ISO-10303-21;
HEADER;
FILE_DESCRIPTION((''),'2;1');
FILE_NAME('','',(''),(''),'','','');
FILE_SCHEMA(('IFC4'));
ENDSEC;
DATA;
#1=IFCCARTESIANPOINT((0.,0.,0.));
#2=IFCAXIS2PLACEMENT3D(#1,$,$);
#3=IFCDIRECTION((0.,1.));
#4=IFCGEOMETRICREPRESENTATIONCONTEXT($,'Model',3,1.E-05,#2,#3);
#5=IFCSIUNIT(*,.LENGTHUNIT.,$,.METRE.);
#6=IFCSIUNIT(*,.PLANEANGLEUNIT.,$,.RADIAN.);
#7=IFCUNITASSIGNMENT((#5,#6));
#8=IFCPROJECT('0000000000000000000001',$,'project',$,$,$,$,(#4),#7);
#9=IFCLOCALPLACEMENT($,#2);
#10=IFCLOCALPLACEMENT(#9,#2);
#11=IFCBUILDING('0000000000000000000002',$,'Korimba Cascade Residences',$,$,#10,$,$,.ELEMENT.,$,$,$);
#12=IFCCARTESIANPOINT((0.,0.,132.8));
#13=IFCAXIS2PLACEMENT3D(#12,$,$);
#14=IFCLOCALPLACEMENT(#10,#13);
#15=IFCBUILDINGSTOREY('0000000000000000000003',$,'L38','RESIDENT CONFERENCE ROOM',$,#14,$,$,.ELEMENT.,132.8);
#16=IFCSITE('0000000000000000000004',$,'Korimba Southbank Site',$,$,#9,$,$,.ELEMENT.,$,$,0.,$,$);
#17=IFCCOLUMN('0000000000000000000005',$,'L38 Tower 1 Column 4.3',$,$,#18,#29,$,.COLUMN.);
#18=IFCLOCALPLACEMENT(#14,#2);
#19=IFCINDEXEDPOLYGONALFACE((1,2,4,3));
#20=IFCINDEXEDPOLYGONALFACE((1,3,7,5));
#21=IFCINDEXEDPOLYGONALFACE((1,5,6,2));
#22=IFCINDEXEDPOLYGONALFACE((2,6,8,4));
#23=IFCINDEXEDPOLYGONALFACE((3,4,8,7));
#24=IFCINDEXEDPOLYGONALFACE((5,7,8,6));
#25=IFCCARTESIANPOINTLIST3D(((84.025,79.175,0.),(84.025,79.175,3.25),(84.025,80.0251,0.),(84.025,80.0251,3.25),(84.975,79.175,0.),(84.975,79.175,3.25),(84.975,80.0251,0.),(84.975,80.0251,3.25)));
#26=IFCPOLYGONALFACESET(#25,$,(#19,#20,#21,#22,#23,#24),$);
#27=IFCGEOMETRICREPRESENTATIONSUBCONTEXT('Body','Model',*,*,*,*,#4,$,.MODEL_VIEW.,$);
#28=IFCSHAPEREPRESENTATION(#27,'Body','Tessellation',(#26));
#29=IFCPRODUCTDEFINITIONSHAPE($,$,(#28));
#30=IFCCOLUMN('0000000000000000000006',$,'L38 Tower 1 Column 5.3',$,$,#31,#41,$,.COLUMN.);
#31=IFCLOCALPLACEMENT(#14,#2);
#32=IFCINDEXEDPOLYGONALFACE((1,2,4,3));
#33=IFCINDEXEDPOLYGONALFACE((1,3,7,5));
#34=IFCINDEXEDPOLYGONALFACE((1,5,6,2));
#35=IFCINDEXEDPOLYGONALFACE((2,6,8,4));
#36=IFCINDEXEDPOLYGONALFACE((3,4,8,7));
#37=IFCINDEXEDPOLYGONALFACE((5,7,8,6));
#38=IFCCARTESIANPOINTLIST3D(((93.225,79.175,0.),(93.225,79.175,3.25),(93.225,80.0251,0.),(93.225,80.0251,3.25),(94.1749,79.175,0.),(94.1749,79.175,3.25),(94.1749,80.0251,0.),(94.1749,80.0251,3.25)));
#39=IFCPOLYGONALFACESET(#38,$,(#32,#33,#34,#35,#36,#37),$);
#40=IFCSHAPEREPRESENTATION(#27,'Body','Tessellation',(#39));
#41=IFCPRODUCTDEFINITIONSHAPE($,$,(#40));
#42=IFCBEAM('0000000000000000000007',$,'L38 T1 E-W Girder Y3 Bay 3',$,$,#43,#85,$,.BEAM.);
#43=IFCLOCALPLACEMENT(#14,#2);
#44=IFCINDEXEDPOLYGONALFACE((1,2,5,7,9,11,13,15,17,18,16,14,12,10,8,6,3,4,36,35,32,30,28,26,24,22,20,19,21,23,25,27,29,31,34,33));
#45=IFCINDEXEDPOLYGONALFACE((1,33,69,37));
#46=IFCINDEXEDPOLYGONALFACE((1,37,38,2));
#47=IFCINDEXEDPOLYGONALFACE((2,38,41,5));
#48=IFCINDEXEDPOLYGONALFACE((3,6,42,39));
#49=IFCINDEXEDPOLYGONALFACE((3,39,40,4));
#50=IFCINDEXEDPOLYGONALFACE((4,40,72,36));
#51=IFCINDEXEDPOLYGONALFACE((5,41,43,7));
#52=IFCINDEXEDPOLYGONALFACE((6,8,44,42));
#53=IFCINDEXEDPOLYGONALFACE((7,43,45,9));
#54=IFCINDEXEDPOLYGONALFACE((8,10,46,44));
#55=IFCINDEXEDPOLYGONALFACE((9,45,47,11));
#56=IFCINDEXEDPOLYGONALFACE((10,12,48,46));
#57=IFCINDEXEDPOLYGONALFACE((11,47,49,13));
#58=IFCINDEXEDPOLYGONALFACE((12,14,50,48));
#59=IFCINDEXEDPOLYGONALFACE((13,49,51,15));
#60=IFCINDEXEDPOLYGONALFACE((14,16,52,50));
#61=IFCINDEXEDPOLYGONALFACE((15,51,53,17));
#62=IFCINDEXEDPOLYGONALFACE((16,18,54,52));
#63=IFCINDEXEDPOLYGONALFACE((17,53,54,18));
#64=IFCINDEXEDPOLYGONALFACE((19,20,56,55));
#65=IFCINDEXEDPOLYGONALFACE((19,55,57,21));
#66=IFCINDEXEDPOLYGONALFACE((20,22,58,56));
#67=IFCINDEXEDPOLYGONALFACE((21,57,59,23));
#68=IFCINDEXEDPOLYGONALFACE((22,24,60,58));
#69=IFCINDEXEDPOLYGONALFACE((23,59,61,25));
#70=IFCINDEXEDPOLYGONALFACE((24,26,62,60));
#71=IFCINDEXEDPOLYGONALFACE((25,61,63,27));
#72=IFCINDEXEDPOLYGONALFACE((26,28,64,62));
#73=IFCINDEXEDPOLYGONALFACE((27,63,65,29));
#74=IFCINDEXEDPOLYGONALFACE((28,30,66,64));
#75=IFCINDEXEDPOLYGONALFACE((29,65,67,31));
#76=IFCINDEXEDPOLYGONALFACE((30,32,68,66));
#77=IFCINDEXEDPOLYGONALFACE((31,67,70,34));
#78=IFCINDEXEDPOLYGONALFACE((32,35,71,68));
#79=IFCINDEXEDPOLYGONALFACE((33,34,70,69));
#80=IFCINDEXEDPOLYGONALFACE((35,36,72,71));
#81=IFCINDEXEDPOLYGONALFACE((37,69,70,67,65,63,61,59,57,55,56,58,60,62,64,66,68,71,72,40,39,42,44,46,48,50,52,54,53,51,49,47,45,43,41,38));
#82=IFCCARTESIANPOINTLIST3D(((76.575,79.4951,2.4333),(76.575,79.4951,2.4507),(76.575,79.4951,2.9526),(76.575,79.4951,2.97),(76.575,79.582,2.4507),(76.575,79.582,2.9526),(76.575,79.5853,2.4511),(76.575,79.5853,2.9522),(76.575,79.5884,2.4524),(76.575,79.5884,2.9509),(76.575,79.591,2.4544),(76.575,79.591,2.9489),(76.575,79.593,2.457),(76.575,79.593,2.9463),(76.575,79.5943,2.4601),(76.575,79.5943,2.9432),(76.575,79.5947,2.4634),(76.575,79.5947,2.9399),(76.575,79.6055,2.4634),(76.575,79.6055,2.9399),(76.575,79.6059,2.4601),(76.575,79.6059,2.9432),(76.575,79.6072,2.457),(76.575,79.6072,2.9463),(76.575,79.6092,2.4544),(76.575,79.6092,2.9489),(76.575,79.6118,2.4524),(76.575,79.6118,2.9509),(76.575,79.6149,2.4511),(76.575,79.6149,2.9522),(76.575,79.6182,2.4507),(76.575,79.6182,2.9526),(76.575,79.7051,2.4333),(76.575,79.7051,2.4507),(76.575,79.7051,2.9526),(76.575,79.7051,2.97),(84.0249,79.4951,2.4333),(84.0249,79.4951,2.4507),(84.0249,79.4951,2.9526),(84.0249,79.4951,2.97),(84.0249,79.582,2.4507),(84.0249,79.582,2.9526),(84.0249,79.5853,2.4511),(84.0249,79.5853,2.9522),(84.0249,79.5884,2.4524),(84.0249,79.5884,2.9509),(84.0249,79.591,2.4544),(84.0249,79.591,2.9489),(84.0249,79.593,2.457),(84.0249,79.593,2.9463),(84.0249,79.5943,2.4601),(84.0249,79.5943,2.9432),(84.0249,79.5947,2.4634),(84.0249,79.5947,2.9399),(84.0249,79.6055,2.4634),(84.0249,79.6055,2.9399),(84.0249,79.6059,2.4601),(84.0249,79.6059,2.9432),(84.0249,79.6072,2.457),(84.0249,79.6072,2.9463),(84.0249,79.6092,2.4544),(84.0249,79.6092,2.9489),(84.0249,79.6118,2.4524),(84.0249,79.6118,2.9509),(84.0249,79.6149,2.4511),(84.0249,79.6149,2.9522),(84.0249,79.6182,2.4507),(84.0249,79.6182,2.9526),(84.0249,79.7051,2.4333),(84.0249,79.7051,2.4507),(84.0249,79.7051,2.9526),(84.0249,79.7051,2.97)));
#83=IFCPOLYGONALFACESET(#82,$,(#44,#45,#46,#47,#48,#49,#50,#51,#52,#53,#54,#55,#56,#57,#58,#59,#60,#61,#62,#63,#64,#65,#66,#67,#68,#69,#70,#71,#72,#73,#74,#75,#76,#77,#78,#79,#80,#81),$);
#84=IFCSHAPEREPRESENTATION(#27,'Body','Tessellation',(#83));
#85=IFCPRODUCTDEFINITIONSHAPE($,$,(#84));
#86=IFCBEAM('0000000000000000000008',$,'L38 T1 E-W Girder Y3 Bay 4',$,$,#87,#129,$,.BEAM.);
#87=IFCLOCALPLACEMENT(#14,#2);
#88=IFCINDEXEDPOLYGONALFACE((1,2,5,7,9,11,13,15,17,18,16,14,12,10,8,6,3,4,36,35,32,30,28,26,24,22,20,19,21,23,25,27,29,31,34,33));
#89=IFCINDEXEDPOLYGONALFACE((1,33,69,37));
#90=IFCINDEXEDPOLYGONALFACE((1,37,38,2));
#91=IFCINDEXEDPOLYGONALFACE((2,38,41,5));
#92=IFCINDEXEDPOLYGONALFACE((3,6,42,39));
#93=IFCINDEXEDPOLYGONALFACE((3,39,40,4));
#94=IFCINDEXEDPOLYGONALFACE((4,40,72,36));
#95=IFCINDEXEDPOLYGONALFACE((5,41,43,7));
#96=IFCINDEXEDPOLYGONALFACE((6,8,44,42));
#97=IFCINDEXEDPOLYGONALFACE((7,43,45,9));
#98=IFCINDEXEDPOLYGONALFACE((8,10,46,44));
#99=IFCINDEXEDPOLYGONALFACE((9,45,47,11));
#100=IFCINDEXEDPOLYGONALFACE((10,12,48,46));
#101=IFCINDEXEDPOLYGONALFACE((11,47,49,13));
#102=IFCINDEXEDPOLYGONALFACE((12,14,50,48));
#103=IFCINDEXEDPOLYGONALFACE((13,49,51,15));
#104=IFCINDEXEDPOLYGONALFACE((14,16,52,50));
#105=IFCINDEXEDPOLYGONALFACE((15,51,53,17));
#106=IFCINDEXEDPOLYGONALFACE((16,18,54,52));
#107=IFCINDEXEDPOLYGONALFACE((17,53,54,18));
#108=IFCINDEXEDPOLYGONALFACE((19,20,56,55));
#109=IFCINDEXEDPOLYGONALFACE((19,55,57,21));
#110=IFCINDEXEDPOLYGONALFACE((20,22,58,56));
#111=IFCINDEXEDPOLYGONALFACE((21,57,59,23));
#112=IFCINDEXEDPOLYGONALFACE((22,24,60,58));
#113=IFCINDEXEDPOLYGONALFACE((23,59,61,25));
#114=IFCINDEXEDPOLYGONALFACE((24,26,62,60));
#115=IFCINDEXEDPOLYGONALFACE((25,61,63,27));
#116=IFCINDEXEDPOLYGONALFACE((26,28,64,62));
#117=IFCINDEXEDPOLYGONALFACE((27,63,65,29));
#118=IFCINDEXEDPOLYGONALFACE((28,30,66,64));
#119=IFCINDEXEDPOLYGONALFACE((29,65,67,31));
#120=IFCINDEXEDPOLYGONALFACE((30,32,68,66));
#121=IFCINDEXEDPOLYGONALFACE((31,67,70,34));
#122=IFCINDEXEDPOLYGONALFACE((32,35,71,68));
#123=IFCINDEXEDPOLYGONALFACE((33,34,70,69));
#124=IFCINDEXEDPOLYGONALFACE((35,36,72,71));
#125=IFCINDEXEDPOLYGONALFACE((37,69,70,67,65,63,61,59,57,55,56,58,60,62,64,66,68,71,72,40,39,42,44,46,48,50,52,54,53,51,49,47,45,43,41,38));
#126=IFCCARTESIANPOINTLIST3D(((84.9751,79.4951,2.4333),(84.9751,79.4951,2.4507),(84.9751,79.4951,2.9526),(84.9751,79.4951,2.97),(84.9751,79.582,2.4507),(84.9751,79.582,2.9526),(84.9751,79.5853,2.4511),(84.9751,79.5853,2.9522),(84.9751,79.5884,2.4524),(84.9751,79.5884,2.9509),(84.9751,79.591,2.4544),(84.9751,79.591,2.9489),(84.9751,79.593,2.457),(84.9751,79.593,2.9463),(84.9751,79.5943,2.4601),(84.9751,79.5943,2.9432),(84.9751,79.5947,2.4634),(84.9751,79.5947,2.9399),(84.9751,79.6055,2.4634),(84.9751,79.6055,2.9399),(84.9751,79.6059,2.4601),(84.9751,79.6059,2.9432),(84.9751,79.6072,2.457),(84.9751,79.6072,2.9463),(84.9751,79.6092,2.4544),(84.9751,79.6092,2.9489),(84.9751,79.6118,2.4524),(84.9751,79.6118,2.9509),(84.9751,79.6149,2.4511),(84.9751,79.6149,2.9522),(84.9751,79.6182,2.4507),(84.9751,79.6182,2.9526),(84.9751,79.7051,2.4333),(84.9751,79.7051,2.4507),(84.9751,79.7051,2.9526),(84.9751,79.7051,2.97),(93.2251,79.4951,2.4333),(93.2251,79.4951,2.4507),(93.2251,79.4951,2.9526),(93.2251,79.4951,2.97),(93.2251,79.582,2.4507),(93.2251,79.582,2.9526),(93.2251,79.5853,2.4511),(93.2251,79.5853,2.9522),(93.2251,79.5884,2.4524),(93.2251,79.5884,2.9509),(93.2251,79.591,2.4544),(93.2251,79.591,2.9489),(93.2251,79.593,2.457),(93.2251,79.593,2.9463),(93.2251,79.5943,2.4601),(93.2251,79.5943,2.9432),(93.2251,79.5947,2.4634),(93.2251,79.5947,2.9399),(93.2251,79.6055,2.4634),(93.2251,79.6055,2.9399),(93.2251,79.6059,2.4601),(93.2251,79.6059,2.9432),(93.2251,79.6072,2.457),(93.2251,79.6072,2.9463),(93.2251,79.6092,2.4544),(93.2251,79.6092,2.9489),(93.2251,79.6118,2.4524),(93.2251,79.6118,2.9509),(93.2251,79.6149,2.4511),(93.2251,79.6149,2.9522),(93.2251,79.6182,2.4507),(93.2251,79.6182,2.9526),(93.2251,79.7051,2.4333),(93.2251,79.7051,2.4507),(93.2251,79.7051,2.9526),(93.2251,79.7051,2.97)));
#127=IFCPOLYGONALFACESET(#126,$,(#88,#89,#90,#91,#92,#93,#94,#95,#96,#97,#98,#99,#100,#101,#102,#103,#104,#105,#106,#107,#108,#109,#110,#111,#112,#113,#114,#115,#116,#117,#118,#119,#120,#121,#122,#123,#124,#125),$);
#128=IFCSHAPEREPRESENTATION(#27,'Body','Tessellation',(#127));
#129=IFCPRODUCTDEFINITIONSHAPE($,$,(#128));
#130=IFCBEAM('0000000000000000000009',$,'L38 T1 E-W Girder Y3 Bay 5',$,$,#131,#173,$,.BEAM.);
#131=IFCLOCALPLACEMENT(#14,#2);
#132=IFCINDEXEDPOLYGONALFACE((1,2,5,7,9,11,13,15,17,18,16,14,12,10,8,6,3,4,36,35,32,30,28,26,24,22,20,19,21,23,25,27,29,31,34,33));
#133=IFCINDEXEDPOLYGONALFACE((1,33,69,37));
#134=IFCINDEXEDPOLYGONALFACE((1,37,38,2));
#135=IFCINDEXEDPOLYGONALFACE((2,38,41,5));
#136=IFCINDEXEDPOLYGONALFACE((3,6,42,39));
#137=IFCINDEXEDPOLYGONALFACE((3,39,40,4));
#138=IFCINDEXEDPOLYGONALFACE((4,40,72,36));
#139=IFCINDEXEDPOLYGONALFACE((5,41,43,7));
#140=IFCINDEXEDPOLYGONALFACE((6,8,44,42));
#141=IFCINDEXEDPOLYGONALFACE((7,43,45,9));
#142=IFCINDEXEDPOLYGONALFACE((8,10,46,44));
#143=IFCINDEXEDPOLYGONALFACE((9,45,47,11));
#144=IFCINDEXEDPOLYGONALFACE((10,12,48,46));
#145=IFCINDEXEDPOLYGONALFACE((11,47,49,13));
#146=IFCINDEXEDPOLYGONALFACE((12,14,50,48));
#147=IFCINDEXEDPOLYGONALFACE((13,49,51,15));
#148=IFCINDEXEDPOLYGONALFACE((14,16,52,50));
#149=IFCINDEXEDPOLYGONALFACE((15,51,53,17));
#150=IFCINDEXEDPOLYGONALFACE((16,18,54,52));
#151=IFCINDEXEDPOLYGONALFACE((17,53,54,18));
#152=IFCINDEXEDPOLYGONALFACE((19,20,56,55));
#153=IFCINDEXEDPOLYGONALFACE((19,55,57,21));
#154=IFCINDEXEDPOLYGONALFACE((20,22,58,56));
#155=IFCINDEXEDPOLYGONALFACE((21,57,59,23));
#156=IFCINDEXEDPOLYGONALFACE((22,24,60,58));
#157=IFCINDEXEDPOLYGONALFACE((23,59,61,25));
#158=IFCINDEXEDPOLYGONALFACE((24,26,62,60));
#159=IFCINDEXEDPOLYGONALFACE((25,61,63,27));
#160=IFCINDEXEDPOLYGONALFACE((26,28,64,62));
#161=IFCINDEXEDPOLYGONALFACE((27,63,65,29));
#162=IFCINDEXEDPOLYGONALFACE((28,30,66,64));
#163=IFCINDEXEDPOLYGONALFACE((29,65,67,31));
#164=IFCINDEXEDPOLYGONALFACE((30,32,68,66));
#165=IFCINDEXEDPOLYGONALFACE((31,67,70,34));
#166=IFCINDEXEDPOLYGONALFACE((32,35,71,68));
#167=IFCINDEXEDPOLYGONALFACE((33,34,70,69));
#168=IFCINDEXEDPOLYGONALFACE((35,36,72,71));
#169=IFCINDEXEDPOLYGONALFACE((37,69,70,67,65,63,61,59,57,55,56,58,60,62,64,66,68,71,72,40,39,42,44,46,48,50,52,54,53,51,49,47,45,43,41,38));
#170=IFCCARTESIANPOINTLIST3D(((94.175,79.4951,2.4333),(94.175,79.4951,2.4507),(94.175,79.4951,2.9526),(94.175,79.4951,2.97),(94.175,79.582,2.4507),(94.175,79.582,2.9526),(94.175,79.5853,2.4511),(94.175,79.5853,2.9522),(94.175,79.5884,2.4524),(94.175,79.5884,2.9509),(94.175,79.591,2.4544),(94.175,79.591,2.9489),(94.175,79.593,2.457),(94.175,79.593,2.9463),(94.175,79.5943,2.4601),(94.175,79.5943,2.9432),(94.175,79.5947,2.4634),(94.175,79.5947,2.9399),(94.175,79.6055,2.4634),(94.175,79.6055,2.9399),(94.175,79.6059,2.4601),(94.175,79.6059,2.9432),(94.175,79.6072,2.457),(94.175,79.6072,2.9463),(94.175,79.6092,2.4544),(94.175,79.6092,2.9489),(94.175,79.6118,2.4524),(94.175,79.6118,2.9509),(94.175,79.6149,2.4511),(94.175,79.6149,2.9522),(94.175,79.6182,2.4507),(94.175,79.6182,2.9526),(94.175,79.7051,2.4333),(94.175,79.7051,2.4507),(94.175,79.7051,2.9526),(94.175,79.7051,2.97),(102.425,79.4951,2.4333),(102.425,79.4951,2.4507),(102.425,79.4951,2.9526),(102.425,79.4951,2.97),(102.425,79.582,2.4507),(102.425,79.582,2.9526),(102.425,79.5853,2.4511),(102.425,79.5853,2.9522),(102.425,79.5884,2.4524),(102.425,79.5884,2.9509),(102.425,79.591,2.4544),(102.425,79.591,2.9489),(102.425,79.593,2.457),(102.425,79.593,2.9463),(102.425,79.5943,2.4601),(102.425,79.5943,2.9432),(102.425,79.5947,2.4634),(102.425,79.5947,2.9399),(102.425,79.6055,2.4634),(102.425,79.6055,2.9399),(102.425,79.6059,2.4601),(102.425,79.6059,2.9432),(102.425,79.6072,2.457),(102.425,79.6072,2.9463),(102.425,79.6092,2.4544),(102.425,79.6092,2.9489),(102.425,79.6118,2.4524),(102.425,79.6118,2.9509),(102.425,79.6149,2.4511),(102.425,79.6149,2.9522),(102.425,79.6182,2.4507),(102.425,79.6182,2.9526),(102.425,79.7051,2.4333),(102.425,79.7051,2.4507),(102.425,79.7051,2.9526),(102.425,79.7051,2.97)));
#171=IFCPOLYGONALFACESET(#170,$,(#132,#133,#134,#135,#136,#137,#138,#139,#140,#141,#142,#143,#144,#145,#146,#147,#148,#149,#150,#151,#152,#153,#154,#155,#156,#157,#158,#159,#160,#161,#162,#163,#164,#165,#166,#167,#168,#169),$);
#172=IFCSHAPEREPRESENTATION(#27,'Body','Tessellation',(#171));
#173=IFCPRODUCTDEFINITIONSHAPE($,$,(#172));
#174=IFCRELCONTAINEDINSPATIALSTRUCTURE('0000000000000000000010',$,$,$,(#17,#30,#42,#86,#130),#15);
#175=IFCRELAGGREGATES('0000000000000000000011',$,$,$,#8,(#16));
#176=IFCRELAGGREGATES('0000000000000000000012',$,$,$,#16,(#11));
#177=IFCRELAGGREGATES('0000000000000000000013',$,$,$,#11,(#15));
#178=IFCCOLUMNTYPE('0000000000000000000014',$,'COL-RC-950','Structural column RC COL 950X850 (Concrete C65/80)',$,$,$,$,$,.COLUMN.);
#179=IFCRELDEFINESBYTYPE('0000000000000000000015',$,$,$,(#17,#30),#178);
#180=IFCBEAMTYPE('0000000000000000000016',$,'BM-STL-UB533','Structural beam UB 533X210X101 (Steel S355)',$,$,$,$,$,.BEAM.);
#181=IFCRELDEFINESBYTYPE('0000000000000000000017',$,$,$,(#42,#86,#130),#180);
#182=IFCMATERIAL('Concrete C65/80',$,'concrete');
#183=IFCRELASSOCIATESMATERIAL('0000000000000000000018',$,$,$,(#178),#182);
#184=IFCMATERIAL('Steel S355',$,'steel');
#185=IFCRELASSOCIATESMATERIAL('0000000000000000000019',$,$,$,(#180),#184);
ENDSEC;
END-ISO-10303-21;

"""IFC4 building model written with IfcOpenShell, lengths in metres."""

from ifc_helpers import new_model, si_unit, direction, frame, origin, origin_2d, place, context, subcontext, project, spatial, rectangle, i_section, extrude, material, material_profile, profile_set, type_object, element, save


model = new_model("IFC4")

# Units and contexts
model_context = context("Model", 3, precision=1e-05, world=origin(), true_north=direction((0.0, 1.0)))
body_context = subcontext(model_context, "Body", "Model", "MODEL_VIEW")
ifc_project = project(units=[si_unit("LENGTHUNIT", "METRE"), si_unit("PLANEANGLEUNIT", "RADIAN")], contexts=[model_context])

# Site, building, storey
site_placement = place(None, origin())
site = spatial("IfcSite", under=ifc_project, at=site_placement, Name="Korimba Southbank Site", CompositionType="ELEMENT", RefElevation=0.0)
building_placement = place(site_placement, origin())
building = spatial("IfcBuilding", under=site, at=building_placement, Name="Korimba Cascade Residences", CompositionType="ELEMENT")
storey_placement = place(building_placement, frame((0.0, 0.0, 132.8)))
storey = spatial("IfcBuildingStorey", under=building, at=storey_placement, Name="L38", Description="RESIDENT CONFERENCE ROOM", CompositionType="ELEMENT", Elevation=132.8)

# Columns
ifc_material_1 = material(Name="Concrete C65/80", Category="concrete")
ifc_material_profile_1 = material_profile(ifc_material_1, rectangle(XDim=0.95, YDim=0.8501, at=origin_2d()), Name="Concrete C65/80")
ifc_profile_set_1 = profile_set([ifc_material_profile_1], Name="Concrete C65/80")
column_type = type_object("IfcColumnType", Name="COL-RC-950", Description="Structural column RC COL 950X850 (Concrete C65/80)", PredefinedType="COLUMN", material=ifc_profile_set_1)
for number, where, z_axis, x_axis, name in (
    (1, (84.5, 79.6001, 0.0), (0.0, 0.0, 1.0), (1.0, 0.0, 0.0), "L38 Tower 1 Column 4.3"),
    (2, (93.7, 79.6001, 0.0), (0.0, 0.0, 1.0), (1.0, 0.0, 0.0), "L38 Tower 1 Column 5.3"),
):
    element("IfcColumn", number, at=place(storey_placement, frame(where, z_axis=z_axis, x_axis=x_axis)), inside=storey, type_object=column_type, Name=name, PredefinedType="COLUMN", context=body_context, shape_type="SweptSolid", body=[
        extrude(rectangle(XDim=0.95, YDim=0.8501, at=origin_2d()), origin(), (0.0, 0.0, 1.0), 3.25),
    ])

# Beams
ifc_material_2 = material(Name="Steel S355", Category="steel")
ifc_material_profile_2 = material_profile(ifc_material_2, i_section(OverallWidth=0.21, OverallDepth=0.5366, WebThickness=0.0107, FlangeThickness=0.0173, FilletRadius=0.0127, at=origin_2d()), Name="Steel S355")
ifc_profile_set_2 = profile_set([ifc_material_profile_2], Name="Steel S355")
beam_type_1 = type_object("IfcBeamType", Name="BM-STL-UB533", Description="Structural beam UB 533X210X101 (Steel S355)", PredefinedType="BEAM", material=ifc_profile_set_2)
beam_placement = place(storey_placement, frame((76.575, 79.6001, 2.7017), z_axis=(1.0, 0.0, 0.0), x_axis=(0.0, 1.0, 0.0)))
element("IfcBeam", 3, at=beam_placement, inside=storey, type_object=beam_type_1, Name="L38 T1 E-W Girder Y3 Bay 3", PredefinedType="BEAM", context=body_context, shape_type="SweptSolid", body=[
    extrude(i_section(OverallWidth=0.21, OverallDepth=0.5366, WebThickness=0.0107, FlangeThickness=0.0173, FilletRadius=0.0127, at=origin_2d()), origin(), (0.0, 0.0, 1.0), 7.45),
])
for number, where, z_axis, x_axis, name in (
    (4, (84.9751, 79.6001, 2.7017), (1.0, 0.0, 0.0), (0.0, 1.0, 0.0), "L38 T1 E-W Girder Y3 Bay 4"),
    (5, (94.175, 79.6001, 2.7017), (1.0, 0.0, 0.0), (0.0, 1.0, 0.0), "L38 T1 E-W Girder Y3 Bay 5"),
):
    element("IfcBeam", number, at=place(storey_placement, frame(where, z_axis=z_axis, x_axis=x_axis)), inside=storey, type_object=beam_type_1, Name=name, PredefinedType="BEAM", context=body_context, shape_type="SweptSolid", body=[
        extrude(i_section(OverallWidth=0.21, OverallDepth=0.5366, WebThickness=0.0107, FlangeThickness=0.0173, FilletRadius=0.0127, at=origin_2d()), origin(), (0.0, 0.0, 1.0), 8.25),
    ])

save(model, "model.ifc")
